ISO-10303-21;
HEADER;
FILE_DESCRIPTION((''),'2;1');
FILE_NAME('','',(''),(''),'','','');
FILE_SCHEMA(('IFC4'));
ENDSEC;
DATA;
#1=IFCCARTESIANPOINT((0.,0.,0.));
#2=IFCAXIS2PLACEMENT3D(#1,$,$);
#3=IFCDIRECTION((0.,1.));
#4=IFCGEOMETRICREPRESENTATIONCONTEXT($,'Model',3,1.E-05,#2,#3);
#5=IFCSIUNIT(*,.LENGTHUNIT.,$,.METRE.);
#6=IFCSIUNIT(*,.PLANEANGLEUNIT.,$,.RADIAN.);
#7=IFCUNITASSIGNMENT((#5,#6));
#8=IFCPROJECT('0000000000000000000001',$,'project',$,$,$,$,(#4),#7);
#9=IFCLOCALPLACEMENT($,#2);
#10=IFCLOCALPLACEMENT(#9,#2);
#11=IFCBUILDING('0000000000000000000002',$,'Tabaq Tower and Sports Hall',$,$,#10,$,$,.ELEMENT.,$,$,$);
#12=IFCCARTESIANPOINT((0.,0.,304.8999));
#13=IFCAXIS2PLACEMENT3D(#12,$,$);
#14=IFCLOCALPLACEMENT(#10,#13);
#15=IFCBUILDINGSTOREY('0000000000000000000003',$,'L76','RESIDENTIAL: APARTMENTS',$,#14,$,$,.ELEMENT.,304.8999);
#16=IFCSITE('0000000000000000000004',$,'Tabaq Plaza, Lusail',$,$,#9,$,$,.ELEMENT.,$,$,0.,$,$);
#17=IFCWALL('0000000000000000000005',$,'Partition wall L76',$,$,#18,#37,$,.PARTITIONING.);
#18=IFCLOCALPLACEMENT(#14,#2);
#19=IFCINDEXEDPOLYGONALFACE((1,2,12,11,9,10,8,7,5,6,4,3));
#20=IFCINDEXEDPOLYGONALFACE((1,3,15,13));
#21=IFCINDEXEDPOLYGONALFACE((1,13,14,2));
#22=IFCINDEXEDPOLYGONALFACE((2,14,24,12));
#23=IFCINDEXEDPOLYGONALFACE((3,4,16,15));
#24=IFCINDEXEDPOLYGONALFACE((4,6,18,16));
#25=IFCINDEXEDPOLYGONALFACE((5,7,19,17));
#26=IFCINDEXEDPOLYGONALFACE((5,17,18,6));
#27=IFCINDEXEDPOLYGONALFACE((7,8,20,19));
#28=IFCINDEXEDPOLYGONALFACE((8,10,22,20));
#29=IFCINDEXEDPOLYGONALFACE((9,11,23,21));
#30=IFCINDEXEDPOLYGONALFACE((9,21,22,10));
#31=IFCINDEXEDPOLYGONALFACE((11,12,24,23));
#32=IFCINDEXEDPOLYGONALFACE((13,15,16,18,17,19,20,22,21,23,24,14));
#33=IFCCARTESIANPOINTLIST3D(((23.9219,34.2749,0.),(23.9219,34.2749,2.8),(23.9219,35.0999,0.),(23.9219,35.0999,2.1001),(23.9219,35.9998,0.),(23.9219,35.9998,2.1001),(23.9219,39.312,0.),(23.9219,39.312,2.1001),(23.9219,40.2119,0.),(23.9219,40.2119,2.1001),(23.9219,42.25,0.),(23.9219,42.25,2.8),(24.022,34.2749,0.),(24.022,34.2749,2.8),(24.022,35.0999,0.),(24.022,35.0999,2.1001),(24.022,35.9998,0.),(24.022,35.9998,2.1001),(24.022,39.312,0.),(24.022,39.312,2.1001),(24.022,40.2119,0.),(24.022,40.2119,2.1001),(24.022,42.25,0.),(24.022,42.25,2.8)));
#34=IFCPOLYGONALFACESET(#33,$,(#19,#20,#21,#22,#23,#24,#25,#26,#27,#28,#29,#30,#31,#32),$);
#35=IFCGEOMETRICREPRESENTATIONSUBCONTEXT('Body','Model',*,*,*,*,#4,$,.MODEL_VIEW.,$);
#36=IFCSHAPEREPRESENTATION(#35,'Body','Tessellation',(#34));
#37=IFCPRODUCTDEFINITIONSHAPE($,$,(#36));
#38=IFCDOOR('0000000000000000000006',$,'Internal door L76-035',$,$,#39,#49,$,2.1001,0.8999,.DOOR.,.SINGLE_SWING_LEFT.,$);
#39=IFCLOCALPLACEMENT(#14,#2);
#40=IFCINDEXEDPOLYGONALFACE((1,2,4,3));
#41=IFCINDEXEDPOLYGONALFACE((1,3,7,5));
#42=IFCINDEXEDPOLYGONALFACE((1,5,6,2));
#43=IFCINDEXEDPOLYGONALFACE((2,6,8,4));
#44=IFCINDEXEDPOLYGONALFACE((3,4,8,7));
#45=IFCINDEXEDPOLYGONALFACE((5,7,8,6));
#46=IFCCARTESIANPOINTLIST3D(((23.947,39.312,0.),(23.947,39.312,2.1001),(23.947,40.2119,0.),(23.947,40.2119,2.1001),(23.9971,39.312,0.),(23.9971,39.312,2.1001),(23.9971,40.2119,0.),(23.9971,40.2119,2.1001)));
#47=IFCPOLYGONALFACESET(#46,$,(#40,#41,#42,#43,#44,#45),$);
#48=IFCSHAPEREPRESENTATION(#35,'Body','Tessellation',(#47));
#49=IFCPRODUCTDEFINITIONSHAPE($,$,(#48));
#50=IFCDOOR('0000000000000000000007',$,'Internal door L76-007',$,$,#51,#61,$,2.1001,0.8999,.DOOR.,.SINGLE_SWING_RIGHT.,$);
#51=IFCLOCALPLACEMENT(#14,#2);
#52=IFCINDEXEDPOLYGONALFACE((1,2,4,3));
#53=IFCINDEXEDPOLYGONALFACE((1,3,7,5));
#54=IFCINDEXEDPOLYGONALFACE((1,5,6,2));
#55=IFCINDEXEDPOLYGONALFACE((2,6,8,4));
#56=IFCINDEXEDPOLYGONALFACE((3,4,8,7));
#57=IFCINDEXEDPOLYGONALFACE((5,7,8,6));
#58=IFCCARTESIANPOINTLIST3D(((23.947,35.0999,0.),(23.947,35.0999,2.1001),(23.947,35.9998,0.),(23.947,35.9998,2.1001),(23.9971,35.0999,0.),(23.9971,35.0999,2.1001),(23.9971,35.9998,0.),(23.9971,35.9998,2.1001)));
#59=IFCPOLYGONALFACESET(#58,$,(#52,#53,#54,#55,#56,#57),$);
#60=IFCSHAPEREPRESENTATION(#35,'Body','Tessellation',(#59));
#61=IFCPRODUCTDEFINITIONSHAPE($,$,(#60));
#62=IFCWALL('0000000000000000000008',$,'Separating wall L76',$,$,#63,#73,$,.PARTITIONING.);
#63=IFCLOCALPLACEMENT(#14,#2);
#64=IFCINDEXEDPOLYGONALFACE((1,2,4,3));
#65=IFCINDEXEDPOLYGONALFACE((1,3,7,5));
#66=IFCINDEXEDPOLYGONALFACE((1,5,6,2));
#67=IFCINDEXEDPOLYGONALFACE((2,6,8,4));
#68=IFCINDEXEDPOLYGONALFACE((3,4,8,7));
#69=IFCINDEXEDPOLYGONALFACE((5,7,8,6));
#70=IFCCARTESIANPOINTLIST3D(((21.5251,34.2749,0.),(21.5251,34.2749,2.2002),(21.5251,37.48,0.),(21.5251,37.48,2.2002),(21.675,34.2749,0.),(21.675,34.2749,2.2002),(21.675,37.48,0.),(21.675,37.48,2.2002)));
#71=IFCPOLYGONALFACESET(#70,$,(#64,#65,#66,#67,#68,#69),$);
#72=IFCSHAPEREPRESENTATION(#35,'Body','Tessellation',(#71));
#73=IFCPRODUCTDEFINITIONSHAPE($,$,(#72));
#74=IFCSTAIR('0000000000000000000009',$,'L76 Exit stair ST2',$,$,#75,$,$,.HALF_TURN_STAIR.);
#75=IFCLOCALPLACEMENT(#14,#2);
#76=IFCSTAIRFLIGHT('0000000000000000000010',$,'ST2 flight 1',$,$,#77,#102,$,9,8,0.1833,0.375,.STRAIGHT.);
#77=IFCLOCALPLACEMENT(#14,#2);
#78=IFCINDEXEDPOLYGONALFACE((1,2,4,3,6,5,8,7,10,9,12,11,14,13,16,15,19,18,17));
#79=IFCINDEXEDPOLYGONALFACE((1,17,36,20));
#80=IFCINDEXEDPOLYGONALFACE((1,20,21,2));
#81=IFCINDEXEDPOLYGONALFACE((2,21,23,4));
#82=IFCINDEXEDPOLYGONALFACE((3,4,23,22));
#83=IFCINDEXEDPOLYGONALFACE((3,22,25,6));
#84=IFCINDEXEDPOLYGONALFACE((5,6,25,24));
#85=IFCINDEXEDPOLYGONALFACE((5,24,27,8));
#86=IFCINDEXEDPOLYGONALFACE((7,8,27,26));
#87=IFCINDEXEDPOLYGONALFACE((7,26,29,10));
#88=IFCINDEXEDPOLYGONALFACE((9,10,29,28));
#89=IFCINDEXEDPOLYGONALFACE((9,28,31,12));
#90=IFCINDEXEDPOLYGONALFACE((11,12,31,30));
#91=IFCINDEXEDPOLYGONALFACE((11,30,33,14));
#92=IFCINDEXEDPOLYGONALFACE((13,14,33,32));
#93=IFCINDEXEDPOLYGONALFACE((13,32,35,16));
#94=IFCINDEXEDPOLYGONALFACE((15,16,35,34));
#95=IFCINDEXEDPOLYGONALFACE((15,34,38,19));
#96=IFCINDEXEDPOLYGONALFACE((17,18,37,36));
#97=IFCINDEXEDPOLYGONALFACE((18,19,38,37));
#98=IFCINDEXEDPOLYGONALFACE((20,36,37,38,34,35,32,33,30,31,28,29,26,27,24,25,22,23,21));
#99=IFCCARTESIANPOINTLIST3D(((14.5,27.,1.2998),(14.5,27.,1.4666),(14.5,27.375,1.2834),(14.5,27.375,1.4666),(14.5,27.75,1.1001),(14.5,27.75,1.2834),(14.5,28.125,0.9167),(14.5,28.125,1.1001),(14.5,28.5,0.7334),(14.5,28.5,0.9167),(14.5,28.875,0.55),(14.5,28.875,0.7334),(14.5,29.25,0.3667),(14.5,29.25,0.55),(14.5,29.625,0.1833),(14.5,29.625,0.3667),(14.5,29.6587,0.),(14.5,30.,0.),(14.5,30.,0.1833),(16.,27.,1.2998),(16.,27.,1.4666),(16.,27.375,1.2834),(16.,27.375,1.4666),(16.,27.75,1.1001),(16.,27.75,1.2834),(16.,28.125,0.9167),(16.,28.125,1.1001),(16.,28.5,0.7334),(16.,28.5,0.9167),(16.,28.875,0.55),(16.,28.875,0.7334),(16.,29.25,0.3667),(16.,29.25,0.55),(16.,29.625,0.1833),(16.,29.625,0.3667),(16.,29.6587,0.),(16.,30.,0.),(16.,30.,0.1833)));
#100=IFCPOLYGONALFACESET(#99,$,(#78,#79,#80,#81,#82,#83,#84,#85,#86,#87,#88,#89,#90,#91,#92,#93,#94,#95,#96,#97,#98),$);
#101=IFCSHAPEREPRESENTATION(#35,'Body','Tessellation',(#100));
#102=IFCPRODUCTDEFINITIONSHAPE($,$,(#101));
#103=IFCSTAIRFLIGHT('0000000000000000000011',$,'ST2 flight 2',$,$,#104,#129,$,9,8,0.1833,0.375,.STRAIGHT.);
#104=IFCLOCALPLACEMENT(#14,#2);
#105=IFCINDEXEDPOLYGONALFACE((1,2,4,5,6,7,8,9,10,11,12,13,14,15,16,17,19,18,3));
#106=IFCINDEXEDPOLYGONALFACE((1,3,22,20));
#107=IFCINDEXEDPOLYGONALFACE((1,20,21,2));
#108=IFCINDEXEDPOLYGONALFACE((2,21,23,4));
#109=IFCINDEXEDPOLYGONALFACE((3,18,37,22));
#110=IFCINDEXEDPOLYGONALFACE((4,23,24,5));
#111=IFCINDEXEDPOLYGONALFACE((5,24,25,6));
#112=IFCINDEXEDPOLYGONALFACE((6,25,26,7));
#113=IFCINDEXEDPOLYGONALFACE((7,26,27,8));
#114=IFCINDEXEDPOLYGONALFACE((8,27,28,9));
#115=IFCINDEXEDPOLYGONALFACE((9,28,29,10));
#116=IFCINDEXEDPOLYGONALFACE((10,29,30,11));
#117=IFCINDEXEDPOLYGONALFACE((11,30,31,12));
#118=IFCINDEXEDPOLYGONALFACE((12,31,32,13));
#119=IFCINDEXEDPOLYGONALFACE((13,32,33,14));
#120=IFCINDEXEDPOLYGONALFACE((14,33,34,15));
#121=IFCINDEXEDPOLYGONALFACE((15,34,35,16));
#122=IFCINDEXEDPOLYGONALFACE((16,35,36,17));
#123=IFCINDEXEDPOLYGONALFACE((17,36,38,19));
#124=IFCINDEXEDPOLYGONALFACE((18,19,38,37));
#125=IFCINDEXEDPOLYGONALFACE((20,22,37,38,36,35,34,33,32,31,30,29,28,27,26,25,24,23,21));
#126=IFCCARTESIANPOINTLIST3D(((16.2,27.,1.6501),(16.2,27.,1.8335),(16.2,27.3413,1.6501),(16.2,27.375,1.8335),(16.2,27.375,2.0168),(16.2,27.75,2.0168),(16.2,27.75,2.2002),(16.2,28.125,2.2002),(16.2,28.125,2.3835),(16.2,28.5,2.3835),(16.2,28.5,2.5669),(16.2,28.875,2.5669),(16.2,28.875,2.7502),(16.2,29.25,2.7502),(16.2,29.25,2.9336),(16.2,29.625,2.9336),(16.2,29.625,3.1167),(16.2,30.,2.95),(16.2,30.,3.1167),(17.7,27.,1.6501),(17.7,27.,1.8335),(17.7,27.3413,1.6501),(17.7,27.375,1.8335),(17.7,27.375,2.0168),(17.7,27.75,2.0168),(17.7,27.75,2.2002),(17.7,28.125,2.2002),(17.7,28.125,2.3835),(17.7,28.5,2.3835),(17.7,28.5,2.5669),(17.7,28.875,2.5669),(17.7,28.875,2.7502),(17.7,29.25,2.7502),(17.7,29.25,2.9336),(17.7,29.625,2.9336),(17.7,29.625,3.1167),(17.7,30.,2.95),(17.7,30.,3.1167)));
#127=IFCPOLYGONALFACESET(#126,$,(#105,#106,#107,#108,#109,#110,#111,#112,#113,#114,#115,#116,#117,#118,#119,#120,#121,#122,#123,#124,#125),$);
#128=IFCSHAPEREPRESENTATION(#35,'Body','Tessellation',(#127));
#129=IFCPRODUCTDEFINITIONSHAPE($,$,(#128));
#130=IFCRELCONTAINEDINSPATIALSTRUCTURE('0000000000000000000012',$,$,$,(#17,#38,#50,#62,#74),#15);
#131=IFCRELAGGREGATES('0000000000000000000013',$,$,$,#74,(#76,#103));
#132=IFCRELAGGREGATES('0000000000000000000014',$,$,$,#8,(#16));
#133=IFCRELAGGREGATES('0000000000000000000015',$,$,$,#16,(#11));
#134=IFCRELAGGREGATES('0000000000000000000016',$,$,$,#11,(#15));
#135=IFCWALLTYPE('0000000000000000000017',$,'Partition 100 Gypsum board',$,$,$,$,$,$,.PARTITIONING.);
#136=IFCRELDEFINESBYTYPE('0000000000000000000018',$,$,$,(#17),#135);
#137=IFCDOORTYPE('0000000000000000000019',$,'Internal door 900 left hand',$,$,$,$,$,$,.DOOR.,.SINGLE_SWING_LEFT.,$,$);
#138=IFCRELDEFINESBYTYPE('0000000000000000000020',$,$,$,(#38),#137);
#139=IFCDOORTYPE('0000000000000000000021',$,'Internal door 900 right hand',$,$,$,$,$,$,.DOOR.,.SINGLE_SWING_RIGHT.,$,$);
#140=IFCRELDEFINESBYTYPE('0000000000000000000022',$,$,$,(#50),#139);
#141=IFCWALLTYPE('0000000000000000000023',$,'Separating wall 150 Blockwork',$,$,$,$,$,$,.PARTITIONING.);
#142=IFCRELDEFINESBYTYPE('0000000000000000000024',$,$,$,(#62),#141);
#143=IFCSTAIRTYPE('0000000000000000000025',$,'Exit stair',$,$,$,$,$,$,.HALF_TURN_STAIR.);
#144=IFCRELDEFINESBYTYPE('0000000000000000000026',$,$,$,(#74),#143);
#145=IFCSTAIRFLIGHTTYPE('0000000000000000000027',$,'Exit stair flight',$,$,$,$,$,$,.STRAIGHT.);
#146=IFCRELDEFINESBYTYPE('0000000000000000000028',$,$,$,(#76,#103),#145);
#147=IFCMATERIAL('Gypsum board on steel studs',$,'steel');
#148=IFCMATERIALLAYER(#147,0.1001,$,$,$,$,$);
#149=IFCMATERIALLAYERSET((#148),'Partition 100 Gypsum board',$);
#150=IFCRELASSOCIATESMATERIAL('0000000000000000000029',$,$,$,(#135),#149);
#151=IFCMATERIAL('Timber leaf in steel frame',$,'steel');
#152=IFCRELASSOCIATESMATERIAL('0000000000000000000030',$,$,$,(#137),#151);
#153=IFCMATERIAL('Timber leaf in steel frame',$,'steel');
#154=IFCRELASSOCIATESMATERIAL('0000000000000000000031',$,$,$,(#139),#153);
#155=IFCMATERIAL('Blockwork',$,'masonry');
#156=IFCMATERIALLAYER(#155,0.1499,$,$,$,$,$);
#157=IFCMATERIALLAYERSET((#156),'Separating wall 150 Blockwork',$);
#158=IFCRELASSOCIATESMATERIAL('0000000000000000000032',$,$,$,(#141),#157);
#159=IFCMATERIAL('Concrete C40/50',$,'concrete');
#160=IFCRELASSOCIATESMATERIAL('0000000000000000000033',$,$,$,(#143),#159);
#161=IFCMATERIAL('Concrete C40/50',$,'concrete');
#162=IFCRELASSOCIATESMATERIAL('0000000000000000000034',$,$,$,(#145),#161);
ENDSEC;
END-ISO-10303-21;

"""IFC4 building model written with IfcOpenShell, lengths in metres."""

from ifc_helpers import new_model, si_unit, direction, frame, frame_2d, origin, place, context, subcontext, project, spatial, polyline, rectangle, outline, extrude, material, layer, layer_set, type_object, element, fill, aggregate, save


model = new_model("IFC4")

# Units and contexts
model_context = context("Model", 3, precision=1e-05, world=origin(), true_north=direction((0.0, 1.0)))
body_context = subcontext(model_context, "Body", "Model", "MODEL_VIEW")
ifc_project = project(units=[si_unit("LENGTHUNIT", "METRE"), si_unit("PLANEANGLEUNIT", "RADIAN")], contexts=[model_context])

# Site, building, storey
site_placement = place(None, origin())
site = spatial("IfcSite", under=ifc_project, at=site_placement, Name="Tabaq Plaza, Lusail", CompositionType="ELEMENT", RefElevation=0.0)
building_placement = place(site_placement, origin())
building = spatial("IfcBuilding", under=site, at=building_placement, Name="Tabaq Tower and Sports Hall", CompositionType="ELEMENT")
storey_placement = place(building_placement, frame((0.0, 0.0, 304.8999)))
storey = spatial("IfcBuildingStorey", under=building, at=storey_placement, Name="L76", Description="RESIDENTIAL: APARTMENTS", CompositionType="ELEMENT", Elevation=304.8999)

# Shared definitions
ifc_material_1 = material(Name="Gypsum board on steel studs", Category="steel")
ifc_layer_1 = layer(ifc_material_1, 0.1001)
ifc_layer_set_1 = layer_set([ifc_layer_1], Name="Partition 100 Gypsum board")
wall_type_1 = type_object("IfcWallType", Name="Partition 100 Gypsum board", PredefinedType="PARTITIONING", material=ifc_layer_set_1)

# Wall, openings, doors
wall_1_placement = place(storey_placement, frame((23.9719, 34.2749, 0.0), z_axis=(0.0, 0.0, 1.0), x_axis=(0.0, 1.0, 0.0)))
wall_1 = element("IfcWall", 1, at=wall_1_placement, inside=storey, type_object=wall_type_1, Name="Partition wall L76", PredefinedType="PARTITIONING", context=body_context, shape_type="SweptSolid", body=[
    extrude(rectangle(XDim=7.9751, YDim=0.1001, at=frame_2d((3.9875, 0.0))), origin(), (0.0, 0.0, 1.0), 2.8),
])
opening_1_placement = place(wall_1_placement, frame((0.825, 0.0, 0.0)))
opening_1 = element("IfcOpeningElement", 2, at=opening_1_placement, cuts=wall_1, PredefinedType="OPENING", context=body_context, shape_type="SweptSolid", body=[
    extrude(rectangle(XDim=0.8999, YDim=2.1001, at=frame_2d((0.45, 1.05))), frame((0.0, 0.05, 0.0), z_axis=(0.0, -1.0, 0.0), x_axis=(1.0, 0.0, 0.0)), (0.0, 0.0, 1.0), 0.1001),
])
opening_2_placement = place(wall_1_placement, frame((5.0371, 0.0, 0.0)))
opening_2 = element("IfcOpeningElement", 3, at=opening_2_placement, cuts=wall_1, PredefinedType="OPENING", context=body_context, shape_type="SweptSolid", body=[
    extrude(rectangle(XDim=0.8999, YDim=2.1001, at=frame_2d((0.45, 1.05))), frame((0.0, 0.05, 0.0), z_axis=(0.0, -1.0, 0.0), x_axis=(1.0, 0.0, 0.0)), (0.0, 0.0, 1.0), 0.1001),
])
ifc_material_2 = material(Name="Timber leaf in steel frame", Category="steel")
door_type_1 = type_object("IfcDoorType", Name="Internal door 900 left hand", OperationType="SINGLE_SWING_LEFT", PredefinedType="DOOR", material=ifc_material_2)
door_1_placement = place(opening_2_placement, origin())
door_1 = element("IfcDoor", 4, at=door_1_placement, inside=storey, type_object=door_type_1, Name="Internal door L76-035", OperationType="SINGLE_SWING_LEFT", OverallHeight=2.1001, OverallWidth=0.8999, PredefinedType="DOOR", context=body_context, shape_type="SweptSolid", body=[
    extrude(rectangle(XDim=0.8999, YDim=2.1001, at=frame_2d((0.45, 1.05))), frame((0.0, 0.0249, 0.0), z_axis=(0.0, -1.0, 0.0), x_axis=(1.0, 0.0, 0.0)), (0.0, 0.0, 1.0), 0.05),
])
fill(opening_2, door_1)
ifc_material_3 = material(Name="Timber leaf in steel frame", Category="steel")
door_type_2 = type_object("IfcDoorType", Name="Internal door 900 right hand", OperationType="SINGLE_SWING_RIGHT", PredefinedType="DOOR", material=ifc_material_3)
door_2_placement = place(opening_1_placement, origin())
door_2 = element("IfcDoor", 5, at=door_2_placement, inside=storey, type_object=door_type_2, Name="Internal door L76-007", OperationType="SINGLE_SWING_RIGHT", OverallHeight=2.1001, OverallWidth=0.8999, PredefinedType="DOOR", context=body_context, shape_type="SweptSolid", body=[
    extrude(rectangle(XDim=0.8999, YDim=2.1001, at=frame_2d((0.45, 1.05))), frame((0.0, 0.0249, 0.0), z_axis=(0.0, -1.0, 0.0), x_axis=(1.0, 0.0, 0.0)), (0.0, 0.0, 1.0), 0.05),
])
fill(opening_1, door_2)

# Wall
ifc_material_4 = material(Name="Blockwork", Category="masonry")
ifc_layer_2 = layer(ifc_material_4, 0.1499)
ifc_layer_set_2 = layer_set([ifc_layer_2], Name="Separating wall 150 Blockwork")
wall_type_2 = type_object("IfcWallType", Name="Separating wall 150 Blockwork", PredefinedType="PARTITIONING", material=ifc_layer_set_2)
wall_2_placement = place(storey_placement, frame((21.6001, 34.2749, 0.0), z_axis=(0.0, 0.0, 1.0), x_axis=(0.0, 1.0, 0.0)))
element("IfcWall", 6, at=wall_2_placement, inside=storey, type_object=wall_type_2, Name="Separating wall L76", PredefinedType="PARTITIONING", context=body_context, shape_type="SweptSolid", body=[
    extrude(rectangle(XDim=3.2051, YDim=0.1499, at=frame_2d((1.6025, 0.0))), origin(), (0.0, 0.0, 1.0), 2.2002),
])

# Stair, stair flights
ifc_material_5 = material(Name="Concrete C40/50", Category="concrete")
stair_type = type_object("IfcStairType", Name="Exit stair", PredefinedType="HALF_TURN_STAIR", material=ifc_material_5)
stair_placement = place(storey_placement, origin())
stair = element("IfcStair", 7, at=stair_placement, inside=storey, type_object=stair_type, Name="L76 Exit stair ST2", PredefinedType="HALF_TURN_STAIR")
ifc_material_6 = material(Name="Concrete C40/50", Category="concrete")
stair_flight_type = type_object("IfcStairFlightType", Name="Exit stair flight", PredefinedType="STRAIGHT", material=ifc_material_6)
stair_flight_1_placement = place(storey_placement, frame((15.25, 30.0, 0.0), z_axis=(0.0, 0.0, 1.0), x_axis=(0.0, -1.0, 0.0)))
stair_flight_1 = element("IfcStairFlight", 8, at=stair_flight_1_placement, type_object=stair_flight_type, Name="ST2 flight 1", NumberOfRisers=9, NumberOfTreads=8, PredefinedType="STRAIGHT", RiserHeight=0.1833, TreadLength=0.375, context=body_context, shape_type="SweptSolid", body=[
    extrude(outline(polyline([(0.0, 0.0), (0.0, 0.1833), (0.375, 0.1833), (0.375, 0.3667), (0.75, 0.3667), (0.75, 0.55), (1.125, 0.55), (1.125, 0.7334), (1.5, 0.7334), (1.5, 0.9167), (1.875, 0.9167), (1.875, 1.1001), (2.25, 1.1001), (2.25, 1.2834), (2.625, 1.2834), (2.625, 1.4666), (3.0, 1.4666), (3.0, 1.6499), (3.0, 1.2998), (0.3413, 0.0), (0.0, 0.0)])), frame((0.0, 0.75, 0.0), z_axis=(0.0, -1.0, 0.0), x_axis=(1.0, 0.0, 0.0)), (0.0, 0.0, 1.0), 1.5),
])
stair_flight_2_placement = place(storey_placement, frame((16.95, 27.0, 1.6501), z_axis=(0.0, 0.0, 1.0), x_axis=(0.0, 1.0, 0.0)))
stair_flight_2 = element("IfcStairFlight", 9, at=stair_flight_2_placement, type_object=stair_flight_type, Name="ST2 flight 2", NumberOfRisers=9, NumberOfTreads=8, PredefinedType="STRAIGHT", RiserHeight=0.1833, TreadLength=0.375, context=body_context, shape_type="SweptSolid", body=[
    extrude(outline(polyline([(0.0, 0.0), (0.0, 0.1833), (0.375, 0.1833), (0.375, 0.3667), (0.75, 0.3667), (0.75, 0.55), (1.125, 0.55), (1.125, 0.7334), (1.5, 0.7334), (1.5, 0.9167), (1.875, 0.9167), (1.875, 1.1001), (2.25, 1.1001), (2.25, 1.2834), (2.625, 1.2834), (2.625, 1.4666), (3.0, 1.4666), (3.0, 1.6499), (3.0, 1.2998), (0.3413, 0.0), (0.0, 0.0)])), frame((0.0, 0.75, 0.0), z_axis=(0.0, -1.0, 0.0), x_axis=(1.0, 0.0, 0.0)), (0.0, 0.0, 1.0), 1.5),
])
aggregate(stair, [stair_flight_1, stair_flight_2])

save(model, "model.ifc")
